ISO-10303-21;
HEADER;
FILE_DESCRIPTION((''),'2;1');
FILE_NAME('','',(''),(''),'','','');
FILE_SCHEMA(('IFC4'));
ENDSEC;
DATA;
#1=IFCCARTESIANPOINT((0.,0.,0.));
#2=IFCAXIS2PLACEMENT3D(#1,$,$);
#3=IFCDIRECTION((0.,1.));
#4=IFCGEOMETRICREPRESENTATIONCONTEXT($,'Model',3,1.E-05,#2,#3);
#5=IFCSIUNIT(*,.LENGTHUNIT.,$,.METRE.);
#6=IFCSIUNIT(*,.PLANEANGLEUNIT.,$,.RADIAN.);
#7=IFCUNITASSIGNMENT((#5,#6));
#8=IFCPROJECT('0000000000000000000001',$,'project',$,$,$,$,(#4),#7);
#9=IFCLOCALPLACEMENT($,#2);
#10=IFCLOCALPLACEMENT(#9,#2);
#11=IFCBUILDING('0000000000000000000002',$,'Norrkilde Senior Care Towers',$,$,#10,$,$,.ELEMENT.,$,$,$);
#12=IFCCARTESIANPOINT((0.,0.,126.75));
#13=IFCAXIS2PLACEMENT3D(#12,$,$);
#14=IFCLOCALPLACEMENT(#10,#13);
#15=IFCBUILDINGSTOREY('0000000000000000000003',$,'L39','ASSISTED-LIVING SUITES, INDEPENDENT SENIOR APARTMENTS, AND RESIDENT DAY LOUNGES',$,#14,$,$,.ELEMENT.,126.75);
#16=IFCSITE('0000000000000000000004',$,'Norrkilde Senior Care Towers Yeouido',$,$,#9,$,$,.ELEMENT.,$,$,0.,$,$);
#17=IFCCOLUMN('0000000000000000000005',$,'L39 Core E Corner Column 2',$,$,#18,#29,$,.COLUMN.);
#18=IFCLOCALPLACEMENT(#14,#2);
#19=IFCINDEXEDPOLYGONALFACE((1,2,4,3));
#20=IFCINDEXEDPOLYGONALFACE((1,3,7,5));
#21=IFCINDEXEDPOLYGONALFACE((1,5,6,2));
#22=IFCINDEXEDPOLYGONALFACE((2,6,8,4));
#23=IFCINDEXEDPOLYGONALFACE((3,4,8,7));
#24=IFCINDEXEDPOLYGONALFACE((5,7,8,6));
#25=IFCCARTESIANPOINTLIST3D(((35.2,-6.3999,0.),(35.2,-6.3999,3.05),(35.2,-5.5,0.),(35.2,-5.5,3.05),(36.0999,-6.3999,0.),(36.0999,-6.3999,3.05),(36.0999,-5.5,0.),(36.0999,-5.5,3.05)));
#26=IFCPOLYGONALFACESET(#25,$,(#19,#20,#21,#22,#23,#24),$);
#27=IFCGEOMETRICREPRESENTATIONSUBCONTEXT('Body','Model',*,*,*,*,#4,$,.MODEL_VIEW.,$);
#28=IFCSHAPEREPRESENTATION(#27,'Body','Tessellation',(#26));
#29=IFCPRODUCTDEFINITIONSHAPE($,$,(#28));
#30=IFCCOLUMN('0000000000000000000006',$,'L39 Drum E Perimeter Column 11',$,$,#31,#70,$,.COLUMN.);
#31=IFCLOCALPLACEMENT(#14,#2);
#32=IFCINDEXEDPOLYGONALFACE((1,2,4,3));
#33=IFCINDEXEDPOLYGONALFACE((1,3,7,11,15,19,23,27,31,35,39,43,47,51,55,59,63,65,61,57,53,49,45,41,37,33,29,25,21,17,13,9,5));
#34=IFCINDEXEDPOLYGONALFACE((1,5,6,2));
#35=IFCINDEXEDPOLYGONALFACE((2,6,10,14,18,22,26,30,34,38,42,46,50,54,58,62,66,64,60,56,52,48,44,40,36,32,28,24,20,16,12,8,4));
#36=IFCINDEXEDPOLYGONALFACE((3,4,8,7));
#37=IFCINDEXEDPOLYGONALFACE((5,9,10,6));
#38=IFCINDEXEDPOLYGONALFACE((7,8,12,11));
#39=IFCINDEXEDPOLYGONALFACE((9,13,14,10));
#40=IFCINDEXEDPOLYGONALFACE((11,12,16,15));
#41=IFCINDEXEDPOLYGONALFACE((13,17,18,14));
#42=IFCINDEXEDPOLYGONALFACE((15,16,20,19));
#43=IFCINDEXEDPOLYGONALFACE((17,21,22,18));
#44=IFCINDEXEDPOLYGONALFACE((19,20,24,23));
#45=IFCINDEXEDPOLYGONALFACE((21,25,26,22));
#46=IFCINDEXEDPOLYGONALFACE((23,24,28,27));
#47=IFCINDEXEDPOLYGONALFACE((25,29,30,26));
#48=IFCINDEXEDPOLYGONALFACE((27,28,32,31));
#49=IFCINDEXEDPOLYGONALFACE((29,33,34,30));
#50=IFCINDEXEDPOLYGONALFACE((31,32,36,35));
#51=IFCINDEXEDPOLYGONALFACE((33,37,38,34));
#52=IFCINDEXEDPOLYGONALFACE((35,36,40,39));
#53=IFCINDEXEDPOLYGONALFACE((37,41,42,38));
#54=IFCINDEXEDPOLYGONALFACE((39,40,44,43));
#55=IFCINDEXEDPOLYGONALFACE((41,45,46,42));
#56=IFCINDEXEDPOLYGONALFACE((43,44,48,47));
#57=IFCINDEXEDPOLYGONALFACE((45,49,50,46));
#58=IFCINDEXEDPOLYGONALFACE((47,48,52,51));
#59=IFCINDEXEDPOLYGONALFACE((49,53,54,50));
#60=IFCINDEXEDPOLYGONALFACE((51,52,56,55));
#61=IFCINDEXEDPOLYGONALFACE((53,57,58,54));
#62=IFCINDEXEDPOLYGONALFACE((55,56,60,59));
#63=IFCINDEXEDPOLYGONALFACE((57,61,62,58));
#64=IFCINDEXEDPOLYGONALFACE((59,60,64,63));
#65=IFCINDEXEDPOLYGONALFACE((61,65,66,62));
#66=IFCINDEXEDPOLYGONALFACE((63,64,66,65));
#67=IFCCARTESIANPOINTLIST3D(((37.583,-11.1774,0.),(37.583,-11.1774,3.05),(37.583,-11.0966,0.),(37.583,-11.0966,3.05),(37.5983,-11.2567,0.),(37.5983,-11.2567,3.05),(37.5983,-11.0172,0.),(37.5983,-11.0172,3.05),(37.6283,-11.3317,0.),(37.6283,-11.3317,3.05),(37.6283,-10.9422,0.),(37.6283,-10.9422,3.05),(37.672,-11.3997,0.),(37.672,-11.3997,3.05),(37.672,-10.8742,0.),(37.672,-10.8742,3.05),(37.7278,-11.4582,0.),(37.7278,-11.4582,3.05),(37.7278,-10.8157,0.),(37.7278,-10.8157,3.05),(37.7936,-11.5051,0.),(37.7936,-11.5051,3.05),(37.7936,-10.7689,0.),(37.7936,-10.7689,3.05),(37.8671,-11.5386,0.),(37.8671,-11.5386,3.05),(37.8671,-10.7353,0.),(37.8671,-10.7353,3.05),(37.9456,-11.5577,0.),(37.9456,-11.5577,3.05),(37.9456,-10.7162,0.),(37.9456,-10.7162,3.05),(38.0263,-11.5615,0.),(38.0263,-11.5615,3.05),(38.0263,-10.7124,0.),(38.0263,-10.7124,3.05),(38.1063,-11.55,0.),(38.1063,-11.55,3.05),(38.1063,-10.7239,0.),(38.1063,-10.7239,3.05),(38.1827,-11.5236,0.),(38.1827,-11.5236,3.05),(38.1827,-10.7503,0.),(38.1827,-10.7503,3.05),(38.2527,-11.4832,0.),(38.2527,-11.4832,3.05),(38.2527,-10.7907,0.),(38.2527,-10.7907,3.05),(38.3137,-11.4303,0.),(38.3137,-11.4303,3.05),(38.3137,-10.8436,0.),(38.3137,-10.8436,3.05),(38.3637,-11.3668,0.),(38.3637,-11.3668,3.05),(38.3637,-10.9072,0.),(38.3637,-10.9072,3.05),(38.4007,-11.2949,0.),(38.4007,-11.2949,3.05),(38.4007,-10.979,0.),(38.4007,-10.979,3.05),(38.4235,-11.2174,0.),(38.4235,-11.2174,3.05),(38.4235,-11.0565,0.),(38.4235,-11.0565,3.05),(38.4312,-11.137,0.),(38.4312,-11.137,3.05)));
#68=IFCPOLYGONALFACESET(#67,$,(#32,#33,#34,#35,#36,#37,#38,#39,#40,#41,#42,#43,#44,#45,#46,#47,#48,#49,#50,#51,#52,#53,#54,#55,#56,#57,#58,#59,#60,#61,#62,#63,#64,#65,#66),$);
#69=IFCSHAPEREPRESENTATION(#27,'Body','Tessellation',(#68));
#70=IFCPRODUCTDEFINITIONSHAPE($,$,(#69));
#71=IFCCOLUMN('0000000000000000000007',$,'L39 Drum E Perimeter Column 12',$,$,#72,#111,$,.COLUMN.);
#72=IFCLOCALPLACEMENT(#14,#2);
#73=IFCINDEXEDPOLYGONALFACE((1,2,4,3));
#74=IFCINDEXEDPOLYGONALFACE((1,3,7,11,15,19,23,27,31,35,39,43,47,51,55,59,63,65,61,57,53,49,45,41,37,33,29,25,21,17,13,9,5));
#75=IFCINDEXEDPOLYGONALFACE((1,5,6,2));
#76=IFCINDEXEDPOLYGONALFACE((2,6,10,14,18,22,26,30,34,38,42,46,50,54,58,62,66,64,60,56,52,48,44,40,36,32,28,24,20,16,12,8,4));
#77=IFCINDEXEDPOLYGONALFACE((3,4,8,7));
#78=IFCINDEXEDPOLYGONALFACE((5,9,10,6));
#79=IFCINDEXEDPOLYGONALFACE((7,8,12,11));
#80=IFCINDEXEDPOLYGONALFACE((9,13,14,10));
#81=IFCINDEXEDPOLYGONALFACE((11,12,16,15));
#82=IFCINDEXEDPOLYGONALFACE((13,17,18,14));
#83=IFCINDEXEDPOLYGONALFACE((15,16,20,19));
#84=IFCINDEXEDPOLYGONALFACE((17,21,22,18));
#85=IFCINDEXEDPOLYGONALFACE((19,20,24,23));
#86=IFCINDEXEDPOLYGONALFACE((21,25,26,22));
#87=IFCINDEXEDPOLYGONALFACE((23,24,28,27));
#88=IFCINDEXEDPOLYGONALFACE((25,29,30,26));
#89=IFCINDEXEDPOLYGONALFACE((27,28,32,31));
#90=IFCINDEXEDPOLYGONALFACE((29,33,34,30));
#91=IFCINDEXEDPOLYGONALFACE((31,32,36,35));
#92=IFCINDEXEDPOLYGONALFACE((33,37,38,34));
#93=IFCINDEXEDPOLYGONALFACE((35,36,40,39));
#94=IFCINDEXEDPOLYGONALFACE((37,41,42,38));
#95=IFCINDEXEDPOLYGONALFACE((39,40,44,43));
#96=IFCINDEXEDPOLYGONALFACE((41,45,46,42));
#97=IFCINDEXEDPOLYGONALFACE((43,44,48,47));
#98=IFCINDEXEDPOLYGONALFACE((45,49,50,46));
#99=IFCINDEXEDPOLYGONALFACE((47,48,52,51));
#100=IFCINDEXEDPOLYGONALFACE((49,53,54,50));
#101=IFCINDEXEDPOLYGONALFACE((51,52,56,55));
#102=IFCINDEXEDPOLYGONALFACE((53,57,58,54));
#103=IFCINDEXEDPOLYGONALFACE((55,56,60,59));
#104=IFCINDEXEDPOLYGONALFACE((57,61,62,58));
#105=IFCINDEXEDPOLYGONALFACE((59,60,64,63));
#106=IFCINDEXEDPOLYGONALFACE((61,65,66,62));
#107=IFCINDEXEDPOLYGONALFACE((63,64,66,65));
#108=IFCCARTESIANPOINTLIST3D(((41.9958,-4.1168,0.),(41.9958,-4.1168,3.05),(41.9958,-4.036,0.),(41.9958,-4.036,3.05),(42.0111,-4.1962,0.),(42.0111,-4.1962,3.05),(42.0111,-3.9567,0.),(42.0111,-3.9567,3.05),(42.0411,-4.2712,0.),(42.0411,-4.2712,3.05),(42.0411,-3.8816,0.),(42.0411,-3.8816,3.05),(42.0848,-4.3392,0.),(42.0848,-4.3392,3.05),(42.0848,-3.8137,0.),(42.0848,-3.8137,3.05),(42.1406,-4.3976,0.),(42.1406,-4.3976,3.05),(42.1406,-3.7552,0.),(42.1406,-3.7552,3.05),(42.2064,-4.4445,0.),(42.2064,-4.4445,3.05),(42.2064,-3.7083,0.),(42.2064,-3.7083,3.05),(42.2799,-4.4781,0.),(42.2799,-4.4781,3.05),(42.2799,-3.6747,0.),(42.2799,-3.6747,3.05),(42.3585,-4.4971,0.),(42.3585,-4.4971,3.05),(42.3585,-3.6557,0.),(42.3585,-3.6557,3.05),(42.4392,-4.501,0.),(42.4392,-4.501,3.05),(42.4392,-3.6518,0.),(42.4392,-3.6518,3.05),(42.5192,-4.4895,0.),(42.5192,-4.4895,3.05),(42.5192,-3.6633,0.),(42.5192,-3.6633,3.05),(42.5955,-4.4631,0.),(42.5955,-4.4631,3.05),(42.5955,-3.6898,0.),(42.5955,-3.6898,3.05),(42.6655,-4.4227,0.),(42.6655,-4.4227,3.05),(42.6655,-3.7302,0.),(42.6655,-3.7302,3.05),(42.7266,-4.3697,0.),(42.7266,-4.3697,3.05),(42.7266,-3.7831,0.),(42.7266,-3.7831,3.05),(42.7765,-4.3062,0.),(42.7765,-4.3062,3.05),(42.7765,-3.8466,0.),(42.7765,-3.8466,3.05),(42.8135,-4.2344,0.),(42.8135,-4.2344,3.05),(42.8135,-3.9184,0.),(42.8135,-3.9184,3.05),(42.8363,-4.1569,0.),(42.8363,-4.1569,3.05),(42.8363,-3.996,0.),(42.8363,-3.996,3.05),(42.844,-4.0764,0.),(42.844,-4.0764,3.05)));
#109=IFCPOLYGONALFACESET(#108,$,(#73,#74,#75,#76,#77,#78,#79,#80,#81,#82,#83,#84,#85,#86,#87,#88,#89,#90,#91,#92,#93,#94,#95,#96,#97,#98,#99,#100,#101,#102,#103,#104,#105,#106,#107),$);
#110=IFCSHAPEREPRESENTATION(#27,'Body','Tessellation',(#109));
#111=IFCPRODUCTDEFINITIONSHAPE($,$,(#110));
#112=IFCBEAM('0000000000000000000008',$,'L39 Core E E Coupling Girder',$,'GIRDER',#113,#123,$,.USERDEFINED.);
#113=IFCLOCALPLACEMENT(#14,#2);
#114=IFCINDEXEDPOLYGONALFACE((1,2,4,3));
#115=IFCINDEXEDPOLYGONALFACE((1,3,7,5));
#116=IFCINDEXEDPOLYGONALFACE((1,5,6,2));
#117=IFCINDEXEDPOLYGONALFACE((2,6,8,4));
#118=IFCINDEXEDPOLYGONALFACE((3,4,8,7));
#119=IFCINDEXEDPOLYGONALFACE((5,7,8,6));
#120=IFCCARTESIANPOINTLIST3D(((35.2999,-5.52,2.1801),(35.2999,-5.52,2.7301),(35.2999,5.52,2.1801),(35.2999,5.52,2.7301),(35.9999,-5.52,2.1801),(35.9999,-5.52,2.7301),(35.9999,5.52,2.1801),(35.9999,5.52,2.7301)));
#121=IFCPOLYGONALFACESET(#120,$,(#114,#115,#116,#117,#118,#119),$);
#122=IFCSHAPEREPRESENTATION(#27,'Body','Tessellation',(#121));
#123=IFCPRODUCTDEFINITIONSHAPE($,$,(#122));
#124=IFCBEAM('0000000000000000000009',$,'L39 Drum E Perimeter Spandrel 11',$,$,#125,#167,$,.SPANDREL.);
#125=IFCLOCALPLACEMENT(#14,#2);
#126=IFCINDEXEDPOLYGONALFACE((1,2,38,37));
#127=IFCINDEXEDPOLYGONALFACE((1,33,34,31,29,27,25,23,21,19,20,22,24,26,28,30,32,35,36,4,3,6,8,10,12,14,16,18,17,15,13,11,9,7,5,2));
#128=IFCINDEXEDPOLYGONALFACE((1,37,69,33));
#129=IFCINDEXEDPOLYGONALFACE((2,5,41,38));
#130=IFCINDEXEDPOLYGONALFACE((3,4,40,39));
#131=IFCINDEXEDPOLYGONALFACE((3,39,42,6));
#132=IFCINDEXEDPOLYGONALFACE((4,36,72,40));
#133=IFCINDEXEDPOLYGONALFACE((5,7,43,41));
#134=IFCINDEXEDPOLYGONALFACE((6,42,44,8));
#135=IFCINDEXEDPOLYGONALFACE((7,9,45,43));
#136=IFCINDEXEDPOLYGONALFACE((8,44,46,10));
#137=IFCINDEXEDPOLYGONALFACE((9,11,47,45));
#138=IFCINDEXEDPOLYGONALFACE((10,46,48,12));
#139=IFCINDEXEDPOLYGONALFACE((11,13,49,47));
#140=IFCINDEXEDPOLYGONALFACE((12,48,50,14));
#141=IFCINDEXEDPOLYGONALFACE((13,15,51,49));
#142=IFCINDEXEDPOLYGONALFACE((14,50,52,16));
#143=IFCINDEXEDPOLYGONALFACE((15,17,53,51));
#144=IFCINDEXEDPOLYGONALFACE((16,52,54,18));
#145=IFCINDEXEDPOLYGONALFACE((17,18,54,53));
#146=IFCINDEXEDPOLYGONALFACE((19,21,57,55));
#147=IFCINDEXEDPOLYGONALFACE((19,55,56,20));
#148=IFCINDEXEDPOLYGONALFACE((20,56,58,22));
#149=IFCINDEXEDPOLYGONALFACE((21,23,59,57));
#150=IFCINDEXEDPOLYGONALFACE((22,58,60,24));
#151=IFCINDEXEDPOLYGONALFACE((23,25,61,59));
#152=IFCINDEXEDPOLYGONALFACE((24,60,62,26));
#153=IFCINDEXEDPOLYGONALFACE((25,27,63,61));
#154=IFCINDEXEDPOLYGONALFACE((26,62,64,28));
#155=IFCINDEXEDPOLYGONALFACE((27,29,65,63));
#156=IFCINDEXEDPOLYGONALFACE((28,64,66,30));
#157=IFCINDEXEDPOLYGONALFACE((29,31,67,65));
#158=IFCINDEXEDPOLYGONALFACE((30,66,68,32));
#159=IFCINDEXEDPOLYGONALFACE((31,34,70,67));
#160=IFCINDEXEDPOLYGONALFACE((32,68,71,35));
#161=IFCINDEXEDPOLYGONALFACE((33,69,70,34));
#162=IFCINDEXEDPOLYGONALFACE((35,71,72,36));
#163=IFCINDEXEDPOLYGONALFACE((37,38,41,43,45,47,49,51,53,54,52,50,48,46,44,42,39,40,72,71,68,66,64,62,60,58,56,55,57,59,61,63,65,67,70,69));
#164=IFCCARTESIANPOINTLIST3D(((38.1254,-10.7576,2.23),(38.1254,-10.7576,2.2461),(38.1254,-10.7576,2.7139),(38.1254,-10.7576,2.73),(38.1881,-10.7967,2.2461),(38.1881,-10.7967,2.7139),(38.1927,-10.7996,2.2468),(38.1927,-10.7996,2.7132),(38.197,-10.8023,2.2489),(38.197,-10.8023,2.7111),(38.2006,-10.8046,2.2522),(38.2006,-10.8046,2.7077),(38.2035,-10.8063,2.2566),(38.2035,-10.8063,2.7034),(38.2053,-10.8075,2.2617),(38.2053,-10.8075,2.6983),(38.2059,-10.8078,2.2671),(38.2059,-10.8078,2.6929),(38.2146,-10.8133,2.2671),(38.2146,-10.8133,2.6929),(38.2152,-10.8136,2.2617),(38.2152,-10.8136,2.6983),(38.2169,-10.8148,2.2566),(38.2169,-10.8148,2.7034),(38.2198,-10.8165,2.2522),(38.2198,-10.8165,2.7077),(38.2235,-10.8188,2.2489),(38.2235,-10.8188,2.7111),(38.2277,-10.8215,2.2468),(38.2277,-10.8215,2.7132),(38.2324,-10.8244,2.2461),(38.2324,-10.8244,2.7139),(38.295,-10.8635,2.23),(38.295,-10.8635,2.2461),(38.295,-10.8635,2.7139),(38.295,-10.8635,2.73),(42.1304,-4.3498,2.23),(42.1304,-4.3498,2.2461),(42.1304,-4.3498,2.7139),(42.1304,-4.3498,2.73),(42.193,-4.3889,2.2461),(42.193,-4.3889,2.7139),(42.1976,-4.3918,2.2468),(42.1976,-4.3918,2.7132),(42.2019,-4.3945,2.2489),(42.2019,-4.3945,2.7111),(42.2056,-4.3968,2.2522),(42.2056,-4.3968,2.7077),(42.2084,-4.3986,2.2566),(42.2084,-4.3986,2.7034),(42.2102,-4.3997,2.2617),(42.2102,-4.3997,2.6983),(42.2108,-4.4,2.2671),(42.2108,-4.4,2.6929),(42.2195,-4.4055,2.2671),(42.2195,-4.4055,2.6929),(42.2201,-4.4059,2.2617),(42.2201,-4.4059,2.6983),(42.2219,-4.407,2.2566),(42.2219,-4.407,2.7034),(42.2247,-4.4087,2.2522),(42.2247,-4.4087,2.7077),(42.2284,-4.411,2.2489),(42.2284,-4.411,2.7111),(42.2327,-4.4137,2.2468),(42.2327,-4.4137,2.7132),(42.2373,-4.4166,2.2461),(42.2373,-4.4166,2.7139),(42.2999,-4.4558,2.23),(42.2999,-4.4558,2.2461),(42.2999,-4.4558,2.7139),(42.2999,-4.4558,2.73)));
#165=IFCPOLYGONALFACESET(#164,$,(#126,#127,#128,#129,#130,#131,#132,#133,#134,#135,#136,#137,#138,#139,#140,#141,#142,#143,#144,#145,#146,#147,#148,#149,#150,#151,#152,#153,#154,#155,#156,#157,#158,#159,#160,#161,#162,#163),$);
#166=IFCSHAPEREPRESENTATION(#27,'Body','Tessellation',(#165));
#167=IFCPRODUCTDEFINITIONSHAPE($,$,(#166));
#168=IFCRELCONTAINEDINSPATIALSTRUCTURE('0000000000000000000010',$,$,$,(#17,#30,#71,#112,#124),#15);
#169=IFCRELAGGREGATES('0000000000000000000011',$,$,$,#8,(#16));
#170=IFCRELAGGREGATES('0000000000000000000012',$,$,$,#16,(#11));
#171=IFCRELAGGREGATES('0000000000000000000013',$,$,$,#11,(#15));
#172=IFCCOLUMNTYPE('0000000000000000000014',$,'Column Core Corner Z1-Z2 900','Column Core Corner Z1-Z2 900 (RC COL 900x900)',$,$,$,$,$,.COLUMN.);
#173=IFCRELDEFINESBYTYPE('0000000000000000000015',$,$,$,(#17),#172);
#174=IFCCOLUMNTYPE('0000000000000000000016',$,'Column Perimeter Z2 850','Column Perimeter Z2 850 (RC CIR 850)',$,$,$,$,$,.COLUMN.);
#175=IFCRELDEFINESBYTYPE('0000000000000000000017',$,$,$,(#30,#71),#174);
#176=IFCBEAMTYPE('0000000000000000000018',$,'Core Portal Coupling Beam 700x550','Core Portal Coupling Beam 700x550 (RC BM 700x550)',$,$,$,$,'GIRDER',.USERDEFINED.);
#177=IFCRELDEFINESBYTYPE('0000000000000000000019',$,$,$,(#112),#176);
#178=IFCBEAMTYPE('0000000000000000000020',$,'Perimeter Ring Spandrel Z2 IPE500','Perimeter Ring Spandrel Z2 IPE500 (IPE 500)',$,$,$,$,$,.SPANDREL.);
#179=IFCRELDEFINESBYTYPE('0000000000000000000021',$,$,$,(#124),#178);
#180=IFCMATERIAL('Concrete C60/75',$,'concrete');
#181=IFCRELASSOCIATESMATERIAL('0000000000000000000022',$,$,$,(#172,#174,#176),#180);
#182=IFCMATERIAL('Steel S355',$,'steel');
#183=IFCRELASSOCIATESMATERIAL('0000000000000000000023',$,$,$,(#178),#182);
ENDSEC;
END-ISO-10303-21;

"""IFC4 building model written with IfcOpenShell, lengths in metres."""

from ifc_helpers import new_model, si_unit, direction, frame, origin, origin_2d, place, context, subcontext, project, spatial, rectangle, circle, i_section, extrude, source, transform, mapped, material, material_profile, profile_set, type_object, type_shapes, element, save


model = new_model("IFC4")

# Units and contexts
model_context = context("Model", 3, precision=1e-05, world=origin(), true_north=direction((0.0, 1.0)))
body_context = subcontext(model_context, "Body", "Model", "MODEL_VIEW")
ifc_project = project(units=[si_unit("LENGTHUNIT", "METRE"), si_unit("PLANEANGLEUNIT", "RADIAN")], contexts=[model_context])

# Site, building, storey
site_placement = place(None, origin())
site = spatial("IfcSite", under=ifc_project, at=site_placement, Name="Norrkilde Senior Care Towers Yeouido", CompositionType="ELEMENT", RefElevation=0.0)
building_placement = place(site_placement, origin())
building = spatial("IfcBuilding", under=site, at=building_placement, Name="Norrkilde Senior Care Towers", CompositionType="ELEMENT")
storey_placement = place(building_placement, frame((0.0, 0.0, 126.75)))
storey = spatial("IfcBuildingStorey", under=building, at=storey_placement, Name="L39", Description="ASSISTED-LIVING SUITES, INDEPENDENT SENIOR APARTMENTS, AND RESIDENT DAY LOUNGES", CompositionType="ELEMENT", Elevation=126.75)

# Columns
ifc_material_1 = material(Name="Concrete C60/75", Category="concrete")
ifc_material_profile_1 = material_profile(ifc_material_1, rectangle(XDim=0.8999, YDim=0.8999, at=origin_2d()), Name="RC COL 900x900")
ifc_profile_set_1 = profile_set([ifc_material_profile_1], Name="Concrete C60/75")
column_type_1 = type_object("IfcColumnType", Name="Column Core Corner Z1-Z2 900", Description="Column Core Corner Z1-Z2 900 (RC COL 900x900)", PredefinedType="COLUMN", material=ifc_profile_set_1)
shared_shape_1 = source(origin(), body_context, "Body", "SweptSolid", [
    extrude(rectangle(XDim=0.8999, YDim=0.8999, at=origin_2d()), origin(), (0.0, 0.0, 1.0), 3.05),
])
type_shapes(column_type_1, [shared_shape_1])
column_placement = place(storey_placement, frame((35.6499, -5.95, 0.0), z_axis=(0.0, 0.0, 1.0), x_axis=(1.0, 0.0, 0.0)))
element("IfcColumn", 1, at=column_placement, inside=storey, type_object=column_type_1, Name="L39 Core E Corner Column 2", PredefinedType="COLUMN", context=body_context, shape_type="MappedRepresentation", body=[
    mapped(shared_shape_1, transform((0.0, 0.0, 0.0), x_axis=(1.0, 0.0, 0.0), y_axis=(0.0, 1.0, 0.0), z_axis=(0.0, 0.0, 1.0), scale=1.0)),
])
ifc_material_profile_2 = material_profile(ifc_material_1, circle(Radius=0.425, at=origin_2d()), Name="RC CIR 850")
ifc_profile_set_2 = profile_set([ifc_material_profile_2], Name="Concrete C60/75")
column_type_2 = type_object("IfcColumnType", Name="Column Perimeter Z2 850", Description="Column Perimeter Z2 850 (RC CIR 850)", PredefinedType="COLUMN", material=ifc_profile_set_2)
shared_shape_2 = source(origin(), body_context, "Body", "SweptSolid", [
    extrude(circle(Radius=0.425, at=origin_2d()), origin(), (0.0, 0.0, 1.0), 3.05),
])
type_shapes(column_type_2, [shared_shape_2])
for number, where, z_axis, x_axis, name in (
    (2, (38.0061, -11.137, 0.0), (0.0, 0.0, 1.0), (1.0, 0.0, 0.0), "L39 Drum E Perimeter Column 11"),
    (3, (42.4189, -4.0764, 0.0), (0.0, 0.0, 1.0), (1.0, 0.0, 0.0), "L39 Drum E Perimeter Column 12"),
):
    element("IfcColumn", number, at=place(storey_placement, frame(where, z_axis=z_axis, x_axis=x_axis)), inside=storey, type_object=column_type_2, Name=name, PredefinedType="COLUMN", context=body_context, shape_type="MappedRepresentation", body=[
        mapped(shared_shape_2, transform((0.0, 0.0, 0.0), x_axis=(1.0, 0.0, 0.0), y_axis=(0.0, 1.0, 0.0), z_axis=(0.0, 0.0, 1.0), scale=1.0)),
    ])

# Beams
ifc_material_profile_3 = material_profile(ifc_material_1, rectangle(XDim=0.7, YDim=0.55, at=origin_2d()), Name="RC BM 700x550")
ifc_profile_set_3 = profile_set([ifc_material_profile_3], Name="Concrete C60/75")
beam_type_1 = type_object("IfcBeamType", Name="Core Portal Coupling Beam 700x550", Description="Core Portal Coupling Beam 700x550 (RC BM 700x550)", ElementType="GIRDER", PredefinedType="USERDEFINED", material=ifc_profile_set_3)
shared_shape_3 = source(origin(), body_context, "Body", "SweptSolid", [
    extrude(rectangle(XDim=0.7, YDim=0.55, at=origin_2d()), origin(), (0.0, 0.0, 1.0), 11.04),
])
type_shapes(beam_type_1, [shared_shape_3])
beam_1_placement = place(storey_placement, frame((35.6499, -5.52, 2.4551), z_axis=(0.0, 1.0, 0.0), x_axis=(-1.0, 0.0, 0.0)))
element("IfcBeam", 4, at=beam_1_placement, inside=storey, type_object=beam_type_1, Name="L39 Core E E Coupling Girder", ObjectType="GIRDER", PredefinedType="USERDEFINED", context=body_context, shape_type="MappedRepresentation", body=[
    mapped(shared_shape_3, transform((0.0, 0.0, 0.0), x_axis=(1.0, 0.0, 0.0), y_axis=(0.0, 1.0, 0.0), z_axis=(0.0, 0.0, 1.0), scale=1.0)),
])
ifc_material_2 = material(Name="Steel S355", Category="steel")
ifc_material_profile_4 = material_profile(ifc_material_2, i_section(OverallWidth=0.2, OverallDepth=0.5, WebThickness=0.0103, FlangeThickness=0.0161, FilletRadius=0.021, at=origin_2d()), Name="IPE 500")
ifc_profile_set_4 = profile_set([ifc_material_profile_4], Name="Steel S355")
beam_type_2 = type_object("IfcBeamType", Name="Perimeter Ring Spandrel Z2 IPE500", Description="Perimeter Ring Spandrel Z2 IPE500 (IPE 500)", PredefinedType="SPANDREL", material=ifc_profile_set_4)
shared_shape_4 = source(origin(), body_context, "Body", "SweptSolid", [
    extrude(i_section(OverallWidth=0.2, OverallDepth=0.5, WebThickness=0.0103, FlangeThickness=0.0161, FilletRadius=0.021, at=origin_2d()), origin(), (0.0, 0.0, 1.0), 7.5564),
])
beam_2_placement = place(storey_placement, frame((38.2102, -10.8105, 2.48), z_axis=(0.530005, 0.847995, 0.0), x_axis=(-0.847995, 0.530005, 0.0)))
element("IfcBeam", 5, at=beam_2_placement, inside=storey, type_object=beam_type_2, Name="L39 Drum E Perimeter Spandrel 11", PredefinedType="SPANDREL", context=body_context, shape_type="MappedRepresentation", body=[
    mapped(shared_shape_4, transform((0.0, 0.0, 0.0), x_axis=(1.0, 0.0, 0.0), y_axis=(0.0, 1.0, 0.0), z_axis=(0.0, 0.0, 1.0), scale=1.0)),
])

save(model, "model.ifc")
